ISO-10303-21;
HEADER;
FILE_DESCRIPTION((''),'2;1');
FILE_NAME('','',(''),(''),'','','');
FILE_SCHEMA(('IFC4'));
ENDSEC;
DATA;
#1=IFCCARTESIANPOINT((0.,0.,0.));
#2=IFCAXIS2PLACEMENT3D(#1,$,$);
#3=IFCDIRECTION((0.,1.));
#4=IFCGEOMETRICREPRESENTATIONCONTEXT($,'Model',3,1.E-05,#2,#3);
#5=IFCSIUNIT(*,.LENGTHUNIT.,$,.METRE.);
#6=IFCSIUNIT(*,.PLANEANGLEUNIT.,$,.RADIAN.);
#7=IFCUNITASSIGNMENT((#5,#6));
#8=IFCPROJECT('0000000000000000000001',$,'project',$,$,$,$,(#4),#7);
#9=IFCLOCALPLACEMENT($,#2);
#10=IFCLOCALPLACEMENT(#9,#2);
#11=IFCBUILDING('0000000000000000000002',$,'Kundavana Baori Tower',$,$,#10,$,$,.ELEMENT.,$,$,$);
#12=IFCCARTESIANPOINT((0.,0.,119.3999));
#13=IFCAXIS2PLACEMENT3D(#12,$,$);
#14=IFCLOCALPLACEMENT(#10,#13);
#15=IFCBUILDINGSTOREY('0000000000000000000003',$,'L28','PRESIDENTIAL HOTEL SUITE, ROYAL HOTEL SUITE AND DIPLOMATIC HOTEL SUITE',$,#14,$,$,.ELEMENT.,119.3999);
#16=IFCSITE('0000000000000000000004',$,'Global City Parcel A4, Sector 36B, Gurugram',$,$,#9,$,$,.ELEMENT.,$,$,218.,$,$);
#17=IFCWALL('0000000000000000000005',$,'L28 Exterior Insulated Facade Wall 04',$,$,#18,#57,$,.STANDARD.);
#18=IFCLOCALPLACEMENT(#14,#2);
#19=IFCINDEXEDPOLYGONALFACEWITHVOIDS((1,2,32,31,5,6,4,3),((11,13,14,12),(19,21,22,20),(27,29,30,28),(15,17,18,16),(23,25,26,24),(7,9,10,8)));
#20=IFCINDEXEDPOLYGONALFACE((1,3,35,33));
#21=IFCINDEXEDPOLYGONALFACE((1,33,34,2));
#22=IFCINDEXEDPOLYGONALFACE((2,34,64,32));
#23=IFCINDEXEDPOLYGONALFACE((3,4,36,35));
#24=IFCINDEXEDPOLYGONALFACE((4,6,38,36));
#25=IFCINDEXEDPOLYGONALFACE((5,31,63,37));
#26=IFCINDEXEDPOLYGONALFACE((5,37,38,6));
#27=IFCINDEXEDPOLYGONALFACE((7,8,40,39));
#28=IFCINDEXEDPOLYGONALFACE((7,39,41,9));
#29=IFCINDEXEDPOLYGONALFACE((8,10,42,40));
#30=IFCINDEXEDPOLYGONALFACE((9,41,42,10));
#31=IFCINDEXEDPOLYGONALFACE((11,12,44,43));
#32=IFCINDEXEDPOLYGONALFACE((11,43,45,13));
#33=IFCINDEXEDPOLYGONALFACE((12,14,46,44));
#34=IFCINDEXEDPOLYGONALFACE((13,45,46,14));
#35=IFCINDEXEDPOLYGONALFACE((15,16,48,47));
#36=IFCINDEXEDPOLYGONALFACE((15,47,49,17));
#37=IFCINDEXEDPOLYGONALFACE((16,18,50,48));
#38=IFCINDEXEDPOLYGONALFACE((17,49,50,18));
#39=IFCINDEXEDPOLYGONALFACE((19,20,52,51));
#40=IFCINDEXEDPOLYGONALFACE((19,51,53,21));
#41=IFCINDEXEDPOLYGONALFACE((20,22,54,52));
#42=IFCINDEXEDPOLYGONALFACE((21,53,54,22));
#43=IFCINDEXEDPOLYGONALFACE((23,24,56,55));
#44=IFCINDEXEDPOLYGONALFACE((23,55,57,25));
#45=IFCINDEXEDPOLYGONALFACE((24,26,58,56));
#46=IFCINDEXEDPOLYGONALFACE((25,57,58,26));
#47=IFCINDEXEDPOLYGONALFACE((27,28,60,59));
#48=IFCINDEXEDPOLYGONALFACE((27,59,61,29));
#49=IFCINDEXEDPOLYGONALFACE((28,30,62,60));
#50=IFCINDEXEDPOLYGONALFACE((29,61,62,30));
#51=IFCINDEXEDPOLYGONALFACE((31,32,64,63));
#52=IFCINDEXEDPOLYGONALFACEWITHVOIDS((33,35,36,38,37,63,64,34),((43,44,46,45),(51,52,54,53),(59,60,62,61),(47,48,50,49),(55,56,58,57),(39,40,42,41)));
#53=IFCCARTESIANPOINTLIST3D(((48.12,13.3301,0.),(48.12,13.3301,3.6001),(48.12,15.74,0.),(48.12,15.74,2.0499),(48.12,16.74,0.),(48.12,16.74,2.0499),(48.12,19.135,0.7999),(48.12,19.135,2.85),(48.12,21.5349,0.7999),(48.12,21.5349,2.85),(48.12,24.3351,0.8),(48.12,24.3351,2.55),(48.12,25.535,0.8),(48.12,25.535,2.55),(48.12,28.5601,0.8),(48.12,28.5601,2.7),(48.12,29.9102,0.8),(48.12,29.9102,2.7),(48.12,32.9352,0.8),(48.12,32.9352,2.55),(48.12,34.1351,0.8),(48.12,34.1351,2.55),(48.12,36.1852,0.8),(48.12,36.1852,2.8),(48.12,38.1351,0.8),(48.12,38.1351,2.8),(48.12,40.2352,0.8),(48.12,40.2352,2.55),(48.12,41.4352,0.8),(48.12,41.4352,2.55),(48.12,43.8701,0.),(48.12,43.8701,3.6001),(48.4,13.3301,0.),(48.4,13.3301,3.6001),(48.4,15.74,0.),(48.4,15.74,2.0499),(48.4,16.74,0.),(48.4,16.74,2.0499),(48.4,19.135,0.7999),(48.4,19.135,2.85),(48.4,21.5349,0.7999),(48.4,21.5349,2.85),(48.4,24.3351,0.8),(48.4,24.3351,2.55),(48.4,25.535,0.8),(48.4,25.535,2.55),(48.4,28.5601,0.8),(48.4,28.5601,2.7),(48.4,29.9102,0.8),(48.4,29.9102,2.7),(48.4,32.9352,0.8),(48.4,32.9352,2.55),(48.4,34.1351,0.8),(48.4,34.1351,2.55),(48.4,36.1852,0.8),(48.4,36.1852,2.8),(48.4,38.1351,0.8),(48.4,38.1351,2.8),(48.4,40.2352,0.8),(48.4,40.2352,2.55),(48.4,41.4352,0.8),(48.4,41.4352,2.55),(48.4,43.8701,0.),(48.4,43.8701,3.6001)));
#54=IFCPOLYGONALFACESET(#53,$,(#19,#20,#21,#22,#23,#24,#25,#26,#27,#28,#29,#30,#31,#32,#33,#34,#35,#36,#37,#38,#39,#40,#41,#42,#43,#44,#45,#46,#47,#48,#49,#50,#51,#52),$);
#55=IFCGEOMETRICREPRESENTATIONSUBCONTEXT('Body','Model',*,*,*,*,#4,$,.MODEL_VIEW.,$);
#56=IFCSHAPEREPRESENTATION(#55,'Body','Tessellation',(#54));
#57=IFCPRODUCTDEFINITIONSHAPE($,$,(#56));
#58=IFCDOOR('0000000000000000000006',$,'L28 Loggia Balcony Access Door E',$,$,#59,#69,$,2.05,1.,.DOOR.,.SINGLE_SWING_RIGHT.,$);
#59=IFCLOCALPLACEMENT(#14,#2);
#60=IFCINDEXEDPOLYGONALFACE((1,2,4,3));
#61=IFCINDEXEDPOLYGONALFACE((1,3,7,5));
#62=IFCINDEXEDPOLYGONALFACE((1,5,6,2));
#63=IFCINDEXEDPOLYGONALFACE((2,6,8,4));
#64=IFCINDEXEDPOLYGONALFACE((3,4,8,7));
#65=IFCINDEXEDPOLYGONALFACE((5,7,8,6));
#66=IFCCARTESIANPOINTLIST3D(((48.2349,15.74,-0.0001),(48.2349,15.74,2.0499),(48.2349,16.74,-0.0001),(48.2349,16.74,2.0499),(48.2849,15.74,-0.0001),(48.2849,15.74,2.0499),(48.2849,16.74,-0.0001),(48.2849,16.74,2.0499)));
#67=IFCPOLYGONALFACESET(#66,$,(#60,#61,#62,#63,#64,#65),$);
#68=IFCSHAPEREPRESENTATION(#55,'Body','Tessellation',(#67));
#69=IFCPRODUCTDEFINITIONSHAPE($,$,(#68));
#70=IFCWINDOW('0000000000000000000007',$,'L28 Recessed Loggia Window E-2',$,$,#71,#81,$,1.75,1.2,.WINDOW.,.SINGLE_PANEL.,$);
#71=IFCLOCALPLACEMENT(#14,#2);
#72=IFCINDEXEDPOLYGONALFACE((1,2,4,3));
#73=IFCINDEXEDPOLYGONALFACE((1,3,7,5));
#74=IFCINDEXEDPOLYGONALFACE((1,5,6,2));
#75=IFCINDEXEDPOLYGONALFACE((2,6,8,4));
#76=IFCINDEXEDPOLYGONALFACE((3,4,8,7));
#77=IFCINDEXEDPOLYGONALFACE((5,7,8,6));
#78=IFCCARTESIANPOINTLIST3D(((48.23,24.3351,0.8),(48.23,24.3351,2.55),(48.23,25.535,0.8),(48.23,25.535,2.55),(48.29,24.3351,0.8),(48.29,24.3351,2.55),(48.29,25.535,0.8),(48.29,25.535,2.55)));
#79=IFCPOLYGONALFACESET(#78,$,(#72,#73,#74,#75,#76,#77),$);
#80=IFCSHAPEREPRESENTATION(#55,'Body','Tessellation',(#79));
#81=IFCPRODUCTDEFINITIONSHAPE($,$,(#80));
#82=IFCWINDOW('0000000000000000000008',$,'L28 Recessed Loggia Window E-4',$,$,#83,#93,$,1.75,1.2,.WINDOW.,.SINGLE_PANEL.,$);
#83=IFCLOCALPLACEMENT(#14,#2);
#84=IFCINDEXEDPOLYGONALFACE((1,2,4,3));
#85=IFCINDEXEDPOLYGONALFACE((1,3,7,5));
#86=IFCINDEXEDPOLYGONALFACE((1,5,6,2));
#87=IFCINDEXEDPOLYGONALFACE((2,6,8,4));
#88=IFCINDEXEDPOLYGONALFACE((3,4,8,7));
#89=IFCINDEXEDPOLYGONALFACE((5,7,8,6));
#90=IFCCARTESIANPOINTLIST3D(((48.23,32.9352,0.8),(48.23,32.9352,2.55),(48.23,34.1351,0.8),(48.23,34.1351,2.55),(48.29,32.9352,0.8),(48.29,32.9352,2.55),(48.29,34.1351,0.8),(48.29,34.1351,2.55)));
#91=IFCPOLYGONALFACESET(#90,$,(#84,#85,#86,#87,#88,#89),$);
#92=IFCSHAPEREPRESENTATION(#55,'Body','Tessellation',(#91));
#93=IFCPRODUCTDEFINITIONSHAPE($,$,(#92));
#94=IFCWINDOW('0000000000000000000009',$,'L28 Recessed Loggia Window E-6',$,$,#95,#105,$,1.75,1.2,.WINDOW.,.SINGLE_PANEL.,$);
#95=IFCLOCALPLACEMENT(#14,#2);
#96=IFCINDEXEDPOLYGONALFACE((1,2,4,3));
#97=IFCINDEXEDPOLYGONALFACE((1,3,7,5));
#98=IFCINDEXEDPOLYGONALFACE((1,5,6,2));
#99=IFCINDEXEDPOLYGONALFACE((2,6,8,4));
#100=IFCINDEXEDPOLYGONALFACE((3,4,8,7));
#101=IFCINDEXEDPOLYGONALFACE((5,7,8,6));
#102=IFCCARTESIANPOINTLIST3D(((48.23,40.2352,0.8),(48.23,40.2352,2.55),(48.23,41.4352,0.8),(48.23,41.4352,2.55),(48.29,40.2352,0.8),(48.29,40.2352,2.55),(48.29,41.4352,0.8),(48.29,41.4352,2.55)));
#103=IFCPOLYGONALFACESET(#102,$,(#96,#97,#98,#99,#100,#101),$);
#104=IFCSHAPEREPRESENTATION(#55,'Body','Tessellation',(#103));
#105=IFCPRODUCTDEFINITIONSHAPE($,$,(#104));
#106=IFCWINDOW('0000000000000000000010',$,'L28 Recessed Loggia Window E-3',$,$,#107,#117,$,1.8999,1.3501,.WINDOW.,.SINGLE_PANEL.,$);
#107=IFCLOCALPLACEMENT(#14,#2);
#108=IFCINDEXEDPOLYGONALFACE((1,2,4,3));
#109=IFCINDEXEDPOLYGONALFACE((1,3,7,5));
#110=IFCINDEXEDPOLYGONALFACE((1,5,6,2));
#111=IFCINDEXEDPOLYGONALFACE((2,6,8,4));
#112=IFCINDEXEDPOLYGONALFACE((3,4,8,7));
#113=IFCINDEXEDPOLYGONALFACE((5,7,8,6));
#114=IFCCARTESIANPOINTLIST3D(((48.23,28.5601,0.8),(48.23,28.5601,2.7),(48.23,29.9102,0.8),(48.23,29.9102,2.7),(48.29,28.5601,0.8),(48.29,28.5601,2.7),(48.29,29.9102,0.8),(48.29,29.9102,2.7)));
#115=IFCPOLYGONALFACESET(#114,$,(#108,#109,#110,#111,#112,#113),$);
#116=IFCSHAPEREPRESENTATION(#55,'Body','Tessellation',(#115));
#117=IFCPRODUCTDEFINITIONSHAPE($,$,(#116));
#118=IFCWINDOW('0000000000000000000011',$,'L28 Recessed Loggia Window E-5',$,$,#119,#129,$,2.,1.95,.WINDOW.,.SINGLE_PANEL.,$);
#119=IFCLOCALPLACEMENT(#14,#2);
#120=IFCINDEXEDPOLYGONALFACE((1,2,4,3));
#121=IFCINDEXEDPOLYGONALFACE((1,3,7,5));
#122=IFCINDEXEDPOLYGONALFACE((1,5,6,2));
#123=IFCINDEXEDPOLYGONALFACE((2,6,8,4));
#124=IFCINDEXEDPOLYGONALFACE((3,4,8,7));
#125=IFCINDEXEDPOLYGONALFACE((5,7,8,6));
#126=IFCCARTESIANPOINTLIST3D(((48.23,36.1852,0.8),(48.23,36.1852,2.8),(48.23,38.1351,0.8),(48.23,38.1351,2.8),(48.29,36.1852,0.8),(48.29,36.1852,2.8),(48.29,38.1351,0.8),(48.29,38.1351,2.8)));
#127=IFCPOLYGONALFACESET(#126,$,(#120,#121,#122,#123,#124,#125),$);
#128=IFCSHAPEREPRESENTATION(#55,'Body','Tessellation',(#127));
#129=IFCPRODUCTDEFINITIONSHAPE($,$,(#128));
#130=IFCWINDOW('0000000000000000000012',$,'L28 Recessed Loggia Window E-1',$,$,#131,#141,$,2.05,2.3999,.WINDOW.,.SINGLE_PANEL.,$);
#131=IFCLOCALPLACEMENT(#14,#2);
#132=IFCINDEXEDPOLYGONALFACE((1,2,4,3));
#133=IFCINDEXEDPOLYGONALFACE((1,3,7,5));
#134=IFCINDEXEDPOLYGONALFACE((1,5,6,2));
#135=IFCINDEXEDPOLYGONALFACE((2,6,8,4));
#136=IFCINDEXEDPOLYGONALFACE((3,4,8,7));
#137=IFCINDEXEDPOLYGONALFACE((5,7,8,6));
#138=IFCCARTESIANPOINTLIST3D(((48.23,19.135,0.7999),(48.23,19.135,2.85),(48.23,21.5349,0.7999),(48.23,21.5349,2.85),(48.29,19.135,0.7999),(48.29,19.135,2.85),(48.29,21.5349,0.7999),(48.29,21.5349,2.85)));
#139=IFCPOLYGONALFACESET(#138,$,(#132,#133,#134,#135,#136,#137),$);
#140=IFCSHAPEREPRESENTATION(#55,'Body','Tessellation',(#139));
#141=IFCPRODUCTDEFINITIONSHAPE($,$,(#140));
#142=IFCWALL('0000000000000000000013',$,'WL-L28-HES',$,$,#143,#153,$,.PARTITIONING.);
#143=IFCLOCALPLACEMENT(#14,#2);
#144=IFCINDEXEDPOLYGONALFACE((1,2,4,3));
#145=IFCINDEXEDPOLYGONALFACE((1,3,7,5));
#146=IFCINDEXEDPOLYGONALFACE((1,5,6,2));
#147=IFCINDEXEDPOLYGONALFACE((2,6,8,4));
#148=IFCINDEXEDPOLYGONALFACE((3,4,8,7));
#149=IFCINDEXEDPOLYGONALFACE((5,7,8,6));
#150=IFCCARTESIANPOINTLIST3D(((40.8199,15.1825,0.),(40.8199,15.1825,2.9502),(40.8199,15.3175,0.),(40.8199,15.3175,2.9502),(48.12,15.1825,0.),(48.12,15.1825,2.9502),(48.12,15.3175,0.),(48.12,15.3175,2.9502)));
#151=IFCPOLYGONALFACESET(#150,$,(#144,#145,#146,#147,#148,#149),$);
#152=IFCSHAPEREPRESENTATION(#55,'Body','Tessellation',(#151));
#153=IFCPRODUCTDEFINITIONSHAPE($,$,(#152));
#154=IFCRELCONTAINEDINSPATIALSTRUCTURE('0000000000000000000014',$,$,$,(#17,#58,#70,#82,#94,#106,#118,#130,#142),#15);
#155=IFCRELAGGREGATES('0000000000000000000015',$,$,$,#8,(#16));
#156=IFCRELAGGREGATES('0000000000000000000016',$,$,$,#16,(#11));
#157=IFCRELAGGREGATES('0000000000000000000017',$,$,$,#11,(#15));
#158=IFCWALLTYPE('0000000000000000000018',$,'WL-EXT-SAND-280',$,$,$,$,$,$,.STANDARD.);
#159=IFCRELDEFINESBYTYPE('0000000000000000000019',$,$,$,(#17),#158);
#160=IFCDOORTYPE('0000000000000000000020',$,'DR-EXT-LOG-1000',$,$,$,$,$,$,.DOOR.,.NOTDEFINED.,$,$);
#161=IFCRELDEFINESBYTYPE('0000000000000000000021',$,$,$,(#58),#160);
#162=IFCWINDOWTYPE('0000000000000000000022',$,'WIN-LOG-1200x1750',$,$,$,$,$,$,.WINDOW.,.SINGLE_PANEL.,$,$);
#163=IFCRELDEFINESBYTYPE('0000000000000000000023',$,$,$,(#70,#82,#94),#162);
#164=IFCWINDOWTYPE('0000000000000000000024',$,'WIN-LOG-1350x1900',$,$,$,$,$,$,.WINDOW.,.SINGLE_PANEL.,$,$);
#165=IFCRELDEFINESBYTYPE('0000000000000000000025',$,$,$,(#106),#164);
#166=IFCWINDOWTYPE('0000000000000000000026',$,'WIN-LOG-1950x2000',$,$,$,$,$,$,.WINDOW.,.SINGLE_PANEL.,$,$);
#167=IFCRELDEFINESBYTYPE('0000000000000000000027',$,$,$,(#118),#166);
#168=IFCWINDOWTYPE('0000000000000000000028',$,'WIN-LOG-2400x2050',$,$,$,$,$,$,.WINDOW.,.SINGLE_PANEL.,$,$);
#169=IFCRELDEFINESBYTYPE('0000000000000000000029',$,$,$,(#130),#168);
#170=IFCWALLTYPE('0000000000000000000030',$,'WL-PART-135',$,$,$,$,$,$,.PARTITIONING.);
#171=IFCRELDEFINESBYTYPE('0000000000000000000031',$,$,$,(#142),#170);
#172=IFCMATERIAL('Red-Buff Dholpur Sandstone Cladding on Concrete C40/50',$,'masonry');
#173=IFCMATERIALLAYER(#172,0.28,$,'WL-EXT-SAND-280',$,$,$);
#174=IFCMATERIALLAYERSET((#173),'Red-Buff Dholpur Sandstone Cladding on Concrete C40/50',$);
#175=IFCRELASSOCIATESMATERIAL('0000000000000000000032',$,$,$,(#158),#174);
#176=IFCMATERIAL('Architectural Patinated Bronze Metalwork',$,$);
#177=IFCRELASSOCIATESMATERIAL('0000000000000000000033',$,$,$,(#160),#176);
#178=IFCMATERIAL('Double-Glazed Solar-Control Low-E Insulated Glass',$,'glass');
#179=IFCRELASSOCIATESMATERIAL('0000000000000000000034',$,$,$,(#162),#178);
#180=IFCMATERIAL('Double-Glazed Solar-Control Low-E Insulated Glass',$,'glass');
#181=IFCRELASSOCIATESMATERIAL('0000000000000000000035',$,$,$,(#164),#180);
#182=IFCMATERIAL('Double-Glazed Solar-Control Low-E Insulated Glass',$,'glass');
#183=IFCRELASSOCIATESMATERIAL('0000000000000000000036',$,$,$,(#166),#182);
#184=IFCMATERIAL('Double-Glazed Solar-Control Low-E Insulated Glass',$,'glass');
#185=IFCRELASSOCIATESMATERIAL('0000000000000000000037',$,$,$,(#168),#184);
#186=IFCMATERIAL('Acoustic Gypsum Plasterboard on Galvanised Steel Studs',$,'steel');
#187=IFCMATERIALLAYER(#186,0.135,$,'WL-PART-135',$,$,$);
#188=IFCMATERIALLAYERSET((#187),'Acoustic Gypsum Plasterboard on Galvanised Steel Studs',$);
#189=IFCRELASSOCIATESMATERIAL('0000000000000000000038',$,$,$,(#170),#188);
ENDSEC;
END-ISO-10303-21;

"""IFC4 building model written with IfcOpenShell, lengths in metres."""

from ifc_helpers import new_model, si_unit, direction, frame, frame_2d, origin, place, context, subcontext, project, spatial, rectangle, extrude, material, layer, layer_set, type_object, element, fill, save


model = new_model("IFC4")

# Units and contexts
model_context = context("Model", 3, precision=1e-05, world=origin(), true_north=direction((0.0, 1.0)))
body_context = subcontext(model_context, "Body", "Model", "MODEL_VIEW")
ifc_project = project(units=[si_unit("LENGTHUNIT", "METRE"), si_unit("PLANEANGLEUNIT", "RADIAN")], contexts=[model_context])

# Site, building, storey
site_placement = place(None, origin())
site = spatial("IfcSite", under=ifc_project, at=site_placement, Name="Global City Parcel A4, Sector 36B, Gurugram", CompositionType="ELEMENT", RefElevation=218.0)
building_placement = place(site_placement, origin())
building = spatial("IfcBuilding", under=site, at=building_placement, Name="Kundavana Baori Tower", CompositionType="ELEMENT")
storey_placement = place(building_placement, frame((0.0, 0.0, 119.3999)))
storey = spatial("IfcBuildingStorey", under=building, at=storey_placement, Name="L28", Description="PRESIDENTIAL HOTEL SUITE, ROYAL HOTEL SUITE AND DIPLOMATIC HOTEL SUITE", CompositionType="ELEMENT", Elevation=119.3999)

# Shared definitions
ifc_material_1 = material(Name="Red-Buff Dholpur Sandstone Cladding on Concrete C40/50", Category="masonry")
ifc_layer_1 = layer(ifc_material_1, 0.28, Name="WL-EXT-SAND-280")
ifc_layer_set_1 = layer_set([ifc_layer_1], Name="Red-Buff Dholpur Sandstone Cladding on Concrete C40/50")
wall_type_1 = type_object("IfcWallType", Name="WL-EXT-SAND-280", PredefinedType="STANDARD", material=ifc_layer_set_1)

# Wall, openings, door, windows
wall_1_placement = place(storey_placement, frame((48.26, 13.3301, 0.0), z_axis=(0.0, 0.0, 1.0), x_axis=(0.0, 1.0, 0.0)))
wall_1 = element("IfcWall", 1, at=wall_1_placement, inside=storey, type_object=wall_type_1, Name="L28 Exterior Insulated Facade Wall 04", PredefinedType="STANDARD", context=body_context, shape_type="SweptSolid", body=[
    extrude(rectangle(XDim=30.54, YDim=0.28, at=frame_2d((15.27, 0.0))), origin(), (0.0, 0.0, 1.0), 3.6001),
])
opening_1_placement = place(wall_1_placement, frame((2.4099, 0.0, 0.0)))
opening_1 = element("IfcOpeningElement", 2, at=opening_1_placement, cuts=wall_1, PredefinedType="OPENING", context=body_context, shape_type="SweptSolid", body=[
    extrude(rectangle(XDim=1.0, YDim=2.05, at=frame_2d((0.5, 1.0249))), frame((0.0, 0.1499, 0.0), z_axis=(0.0, -1.0, 0.0), x_axis=(1.0, 0.0, 0.0)), (0.0, 0.0, 1.0), 0.3),
])
opening_2_placement = place(wall_1_placement, frame((5.8049, 0.0, 0.8)))
opening_2 = element("IfcOpeningElement", 3, at=opening_2_placement, cuts=wall_1, PredefinedType="OPENING", context=body_context, shape_type="SweptSolid", body=[
    extrude(rectangle(XDim=2.3999, YDim=2.05, at=frame_2d((1.2, 1.0249))), frame((0.0, 0.1499, 0.0), z_axis=(0.0, -1.0, 0.0), x_axis=(1.0, 0.0, 0.0)), (0.0, 0.0, 1.0), 0.3),
])
opening_3_placement = place(wall_1_placement, frame((11.0049, 0.0, 0.8)))
opening_3 = element("IfcOpeningElement", 4, at=opening_3_placement, cuts=wall_1, PredefinedType="OPENING", context=body_context, shape_type="SweptSolid", body=[
    extrude(rectangle(XDim=1.2, YDim=1.75, at=frame_2d((0.6001, 0.875))), frame((0.0, 0.1499, 0.0), z_axis=(0.0, -1.0, 0.0), x_axis=(1.0, 0.0, 0.0)), (0.0, 0.0, 1.0), 0.3),
])
opening_4_placement = place(wall_1_placement, frame((15.23, 0.0, 0.8)))
opening_4 = element("IfcOpeningElement", 5, at=opening_4_placement, cuts=wall_1, PredefinedType="OPENING", context=body_context, shape_type="SweptSolid", body=[
    extrude(rectangle(XDim=1.3501, YDim=1.8999, at=frame_2d((0.675, 0.95))), frame((0.0, 0.1499, 0.0), z_axis=(0.0, -1.0, 0.0), x_axis=(1.0, 0.0, 0.0)), (0.0, 0.0, 1.0), 0.3),
])
opening_5_placement = place(wall_1_placement, frame((19.605, 0.0, 0.8)))
opening_5 = element("IfcOpeningElement", 6, at=opening_5_placement, cuts=wall_1, PredefinedType="OPENING", context=body_context, shape_type="SweptSolid", body=[
    extrude(rectangle(XDim=1.2, YDim=1.75, at=frame_2d((0.6001, 0.875))), frame((0.0, 0.1499, 0.0), z_axis=(0.0, -1.0, 0.0), x_axis=(1.0, 0.0, 0.0)), (0.0, 0.0, 1.0), 0.3),
])
opening_6_placement = place(wall_1_placement, frame((22.855, 0.0, 0.8)))
opening_6 = element("IfcOpeningElement", 7, at=opening_6_placement, cuts=wall_1, PredefinedType="OPENING", context=body_context, shape_type="SweptSolid", body=[
    extrude(rectangle(XDim=1.95, YDim=2.0, at=frame_2d((0.9751, 1.0))), frame((0.0, 0.1499, 0.0), z_axis=(0.0, -1.0, 0.0), x_axis=(1.0, 0.0, 0.0)), (0.0, 0.0, 1.0), 0.3),
])
opening_7_placement = place(wall_1_placement, frame((26.905, 0.0, 0.8)))
opening_7 = element("IfcOpeningElement", 8, at=opening_7_placement, cuts=wall_1, PredefinedType="OPENING", context=body_context, shape_type="SweptSolid", body=[
    extrude(rectangle(XDim=1.2, YDim=1.75, at=frame_2d((0.6001, 0.875))), frame((0.0, 0.1499, 0.0), z_axis=(0.0, -1.0, 0.0), x_axis=(1.0, 0.0, 0.0)), (0.0, 0.0, 1.0), 0.3),
])
ifc_material_2 = material(Name="Architectural Patinated Bronze Metalwork")
door_type_1 = type_object("IfcDoorType", Name="DR-EXT-LOG-1000", OperationType="NOTDEFINED", PredefinedType="DOOR", material=ifc_material_2)
door_1_placement = place(opening_1_placement, frame((1.0, 0.0, 0.0), z_axis=(0.0, 0.0, 1.0), x_axis=(-1.0, 0.0, 0.0)))
door_1 = element("IfcDoor", 9, at=door_1_placement, inside=storey, type_object=door_type_1, Name="L28 Loggia Balcony Access Door E", OperationType="SINGLE_SWING_RIGHT", OverallHeight=2.05, OverallWidth=1.0, PredefinedType="DOOR", context=body_context, shape_type="SweptSolid", body=[
    extrude(rectangle(XDim=1.0, YDim=2.05, at=frame_2d((0.5, 1.0249))), frame((0.0, 0.0249, 0.0), z_axis=(0.0, -1.0, 0.0), x_axis=(1.0, 0.0, 0.0)), (0.0, 0.0, 1.0), 0.05),
])
fill(opening_1, door_1)
ifc_material_3 = material(Name="Double-Glazed Solar-Control Low-E Insulated Glass", Category="glass")
window_type_1 = type_object("IfcWindowType", Name="WIN-LOG-1200x1750", PartitioningType="SINGLE_PANEL", PredefinedType="WINDOW", material=ifc_material_3)
window_1_placement = place(opening_3_placement, origin())
window_1 = element("IfcWindow", 10, at=window_1_placement, inside=storey, type_object=window_type_1, Name="L28 Recessed Loggia Window E-2", OverallHeight=1.75, OverallWidth=1.2, PartitioningType="SINGLE_PANEL", PredefinedType="WINDOW", context=body_context, shape_type="SweptSolid", body=[
    extrude(rectangle(XDim=1.2, YDim=1.75, at=frame_2d((0.6001, 0.875))), frame((0.0, 0.03, 0.0), z_axis=(0.0, -1.0, 0.0), x_axis=(1.0, 0.0, 0.0)), (0.0, 0.0, 1.0), 0.0601),
])
fill(opening_3, window_1)
window_2_placement = place(opening_5_placement, origin())
window_2 = element("IfcWindow", 11, at=window_2_placement, inside=storey, type_object=window_type_1, Name="L28 Recessed Loggia Window E-4", OverallHeight=1.75, OverallWidth=1.2, PartitioningType="SINGLE_PANEL", PredefinedType="WINDOW", context=body_context, shape_type="SweptSolid", body=[
    extrude(rectangle(XDim=1.2, YDim=1.75, at=frame_2d((0.6001, 0.875))), frame((0.0, 0.03, 0.0), z_axis=(0.0, -1.0, 0.0), x_axis=(1.0, 0.0, 0.0)), (0.0, 0.0, 1.0), 0.0601),
])
fill(opening_5, window_2)
window_3_placement = place(opening_7_placement, origin())
window_3 = element("IfcWindow", 12, at=window_3_placement, inside=storey, type_object=window_type_1, Name="L28 Recessed Loggia Window E-6", OverallHeight=1.75, OverallWidth=1.2, PartitioningType="SINGLE_PANEL", PredefinedType="WINDOW", context=body_context, shape_type="SweptSolid", body=[
    extrude(rectangle(XDim=1.2, YDim=1.75, at=frame_2d((0.6001, 0.875))), frame((0.0, 0.03, 0.0), z_axis=(0.0, -1.0, 0.0), x_axis=(1.0, 0.0, 0.0)), (0.0, 0.0, 1.0), 0.0601),
])
fill(opening_7, window_3)
ifc_material_4 = material(Name="Double-Glazed Solar-Control Low-E Insulated Glass", Category="glass")
window_type_2 = type_object("IfcWindowType", Name="WIN-LOG-1350x1900", PartitioningType="SINGLE_PANEL", PredefinedType="WINDOW", material=ifc_material_4)
window_4_placement = place(opening_4_placement, origin())
window_4 = element("IfcWindow", 13, at=window_4_placement, inside=storey, type_object=window_type_2, Name="L28 Recessed Loggia Window E-3", OverallHeight=1.8999, OverallWidth=1.3501, PartitioningType="SINGLE_PANEL", PredefinedType="WINDOW", context=body_context, shape_type="SweptSolid", body=[
    extrude(rectangle(XDim=1.3501, YDim=1.8999, at=frame_2d((0.675, 0.95))), frame((0.0, 0.03, 0.0), z_axis=(0.0, -1.0, 0.0), x_axis=(1.0, 0.0, 0.0)), (0.0, 0.0, 1.0), 0.0601),
])
fill(opening_4, window_4)
ifc_material_5 = material(Name="Double-Glazed Solar-Control Low-E Insulated Glass", Category="glass")
window_type_3 = type_object("IfcWindowType", Name="WIN-LOG-1950x2000", PartitioningType="SINGLE_PANEL", PredefinedType="WINDOW", material=ifc_material_5)
window_5_placement = place(opening_6_placement, origin())
window_5 = element("IfcWindow", 14, at=window_5_placement, inside=storey, type_object=window_type_3, Name="L28 Recessed Loggia Window E-5", OverallHeight=2.0, OverallWidth=1.95, PartitioningType="SINGLE_PANEL", PredefinedType="WINDOW", context=body_context, shape_type="SweptSolid", body=[
    extrude(rectangle(XDim=1.95, YDim=2.0, at=frame_2d((0.9751, 1.0))), frame((0.0, 0.03, 0.0), z_axis=(0.0, -1.0, 0.0), x_axis=(1.0, 0.0, 0.0)), (0.0, 0.0, 1.0), 0.0601),
])
fill(opening_6, window_5)
ifc_material_6 = material(Name="Double-Glazed Solar-Control Low-E Insulated Glass", Category="glass")
window_type_4 = type_object("IfcWindowType", Name="WIN-LOG-2400x2050", PartitioningType="SINGLE_PANEL", PredefinedType="WINDOW", material=ifc_material_6)
window_6_placement = place(opening_2_placement, origin())
window_6 = element("IfcWindow", 15, at=window_6_placement, inside=storey, type_object=window_type_4, Name="L28 Recessed Loggia Window E-1", OverallHeight=2.05, OverallWidth=2.3999, PartitioningType="SINGLE_PANEL", PredefinedType="WINDOW", context=body_context, shape_type="SweptSolid", body=[
    extrude(rectangle(XDim=2.3999, YDim=2.05, at=frame_2d((1.2, 1.0249))), frame((0.0, 0.03, 0.0), z_axis=(0.0, -1.0, 0.0), x_axis=(1.0, 0.0, 0.0)), (0.0, 0.0, 1.0), 0.0601),
])
fill(opening_2, window_6)

# Wall
ifc_material_7 = material(Name="Acoustic Gypsum Plasterboard on Galvanised Steel Studs", Category="steel")
ifc_layer_2 = layer(ifc_material_7, 0.135, Name="WL-PART-135")
ifc_layer_set_2 = layer_set([ifc_layer_2], Name="Acoustic Gypsum Plasterboard on Galvanised Steel Studs")
wall_type_2 = type_object("IfcWallType", Name="WL-PART-135", PredefinedType="PARTITIONING", material=ifc_layer_set_2)
wall_2_placement = place(storey_placement, frame((40.8201, 15.25, 0.0), z_axis=(0.0, 0.0, 1.0), x_axis=(1.0, 0.0, 0.0)))
element("IfcWall", 16, at=wall_2_placement, inside=storey, type_object=wall_type_2, Name="WL-L28-HES", PredefinedType="PARTITIONING", context=body_context, shape_type="SweptSolid", body=[
    extrude(rectangle(XDim=7.3, YDim=0.135, at=frame_2d((3.6499, 0.0))), origin(), (0.0, 0.0, 1.0), 2.9502),
])

save(model, "model.ifc")
